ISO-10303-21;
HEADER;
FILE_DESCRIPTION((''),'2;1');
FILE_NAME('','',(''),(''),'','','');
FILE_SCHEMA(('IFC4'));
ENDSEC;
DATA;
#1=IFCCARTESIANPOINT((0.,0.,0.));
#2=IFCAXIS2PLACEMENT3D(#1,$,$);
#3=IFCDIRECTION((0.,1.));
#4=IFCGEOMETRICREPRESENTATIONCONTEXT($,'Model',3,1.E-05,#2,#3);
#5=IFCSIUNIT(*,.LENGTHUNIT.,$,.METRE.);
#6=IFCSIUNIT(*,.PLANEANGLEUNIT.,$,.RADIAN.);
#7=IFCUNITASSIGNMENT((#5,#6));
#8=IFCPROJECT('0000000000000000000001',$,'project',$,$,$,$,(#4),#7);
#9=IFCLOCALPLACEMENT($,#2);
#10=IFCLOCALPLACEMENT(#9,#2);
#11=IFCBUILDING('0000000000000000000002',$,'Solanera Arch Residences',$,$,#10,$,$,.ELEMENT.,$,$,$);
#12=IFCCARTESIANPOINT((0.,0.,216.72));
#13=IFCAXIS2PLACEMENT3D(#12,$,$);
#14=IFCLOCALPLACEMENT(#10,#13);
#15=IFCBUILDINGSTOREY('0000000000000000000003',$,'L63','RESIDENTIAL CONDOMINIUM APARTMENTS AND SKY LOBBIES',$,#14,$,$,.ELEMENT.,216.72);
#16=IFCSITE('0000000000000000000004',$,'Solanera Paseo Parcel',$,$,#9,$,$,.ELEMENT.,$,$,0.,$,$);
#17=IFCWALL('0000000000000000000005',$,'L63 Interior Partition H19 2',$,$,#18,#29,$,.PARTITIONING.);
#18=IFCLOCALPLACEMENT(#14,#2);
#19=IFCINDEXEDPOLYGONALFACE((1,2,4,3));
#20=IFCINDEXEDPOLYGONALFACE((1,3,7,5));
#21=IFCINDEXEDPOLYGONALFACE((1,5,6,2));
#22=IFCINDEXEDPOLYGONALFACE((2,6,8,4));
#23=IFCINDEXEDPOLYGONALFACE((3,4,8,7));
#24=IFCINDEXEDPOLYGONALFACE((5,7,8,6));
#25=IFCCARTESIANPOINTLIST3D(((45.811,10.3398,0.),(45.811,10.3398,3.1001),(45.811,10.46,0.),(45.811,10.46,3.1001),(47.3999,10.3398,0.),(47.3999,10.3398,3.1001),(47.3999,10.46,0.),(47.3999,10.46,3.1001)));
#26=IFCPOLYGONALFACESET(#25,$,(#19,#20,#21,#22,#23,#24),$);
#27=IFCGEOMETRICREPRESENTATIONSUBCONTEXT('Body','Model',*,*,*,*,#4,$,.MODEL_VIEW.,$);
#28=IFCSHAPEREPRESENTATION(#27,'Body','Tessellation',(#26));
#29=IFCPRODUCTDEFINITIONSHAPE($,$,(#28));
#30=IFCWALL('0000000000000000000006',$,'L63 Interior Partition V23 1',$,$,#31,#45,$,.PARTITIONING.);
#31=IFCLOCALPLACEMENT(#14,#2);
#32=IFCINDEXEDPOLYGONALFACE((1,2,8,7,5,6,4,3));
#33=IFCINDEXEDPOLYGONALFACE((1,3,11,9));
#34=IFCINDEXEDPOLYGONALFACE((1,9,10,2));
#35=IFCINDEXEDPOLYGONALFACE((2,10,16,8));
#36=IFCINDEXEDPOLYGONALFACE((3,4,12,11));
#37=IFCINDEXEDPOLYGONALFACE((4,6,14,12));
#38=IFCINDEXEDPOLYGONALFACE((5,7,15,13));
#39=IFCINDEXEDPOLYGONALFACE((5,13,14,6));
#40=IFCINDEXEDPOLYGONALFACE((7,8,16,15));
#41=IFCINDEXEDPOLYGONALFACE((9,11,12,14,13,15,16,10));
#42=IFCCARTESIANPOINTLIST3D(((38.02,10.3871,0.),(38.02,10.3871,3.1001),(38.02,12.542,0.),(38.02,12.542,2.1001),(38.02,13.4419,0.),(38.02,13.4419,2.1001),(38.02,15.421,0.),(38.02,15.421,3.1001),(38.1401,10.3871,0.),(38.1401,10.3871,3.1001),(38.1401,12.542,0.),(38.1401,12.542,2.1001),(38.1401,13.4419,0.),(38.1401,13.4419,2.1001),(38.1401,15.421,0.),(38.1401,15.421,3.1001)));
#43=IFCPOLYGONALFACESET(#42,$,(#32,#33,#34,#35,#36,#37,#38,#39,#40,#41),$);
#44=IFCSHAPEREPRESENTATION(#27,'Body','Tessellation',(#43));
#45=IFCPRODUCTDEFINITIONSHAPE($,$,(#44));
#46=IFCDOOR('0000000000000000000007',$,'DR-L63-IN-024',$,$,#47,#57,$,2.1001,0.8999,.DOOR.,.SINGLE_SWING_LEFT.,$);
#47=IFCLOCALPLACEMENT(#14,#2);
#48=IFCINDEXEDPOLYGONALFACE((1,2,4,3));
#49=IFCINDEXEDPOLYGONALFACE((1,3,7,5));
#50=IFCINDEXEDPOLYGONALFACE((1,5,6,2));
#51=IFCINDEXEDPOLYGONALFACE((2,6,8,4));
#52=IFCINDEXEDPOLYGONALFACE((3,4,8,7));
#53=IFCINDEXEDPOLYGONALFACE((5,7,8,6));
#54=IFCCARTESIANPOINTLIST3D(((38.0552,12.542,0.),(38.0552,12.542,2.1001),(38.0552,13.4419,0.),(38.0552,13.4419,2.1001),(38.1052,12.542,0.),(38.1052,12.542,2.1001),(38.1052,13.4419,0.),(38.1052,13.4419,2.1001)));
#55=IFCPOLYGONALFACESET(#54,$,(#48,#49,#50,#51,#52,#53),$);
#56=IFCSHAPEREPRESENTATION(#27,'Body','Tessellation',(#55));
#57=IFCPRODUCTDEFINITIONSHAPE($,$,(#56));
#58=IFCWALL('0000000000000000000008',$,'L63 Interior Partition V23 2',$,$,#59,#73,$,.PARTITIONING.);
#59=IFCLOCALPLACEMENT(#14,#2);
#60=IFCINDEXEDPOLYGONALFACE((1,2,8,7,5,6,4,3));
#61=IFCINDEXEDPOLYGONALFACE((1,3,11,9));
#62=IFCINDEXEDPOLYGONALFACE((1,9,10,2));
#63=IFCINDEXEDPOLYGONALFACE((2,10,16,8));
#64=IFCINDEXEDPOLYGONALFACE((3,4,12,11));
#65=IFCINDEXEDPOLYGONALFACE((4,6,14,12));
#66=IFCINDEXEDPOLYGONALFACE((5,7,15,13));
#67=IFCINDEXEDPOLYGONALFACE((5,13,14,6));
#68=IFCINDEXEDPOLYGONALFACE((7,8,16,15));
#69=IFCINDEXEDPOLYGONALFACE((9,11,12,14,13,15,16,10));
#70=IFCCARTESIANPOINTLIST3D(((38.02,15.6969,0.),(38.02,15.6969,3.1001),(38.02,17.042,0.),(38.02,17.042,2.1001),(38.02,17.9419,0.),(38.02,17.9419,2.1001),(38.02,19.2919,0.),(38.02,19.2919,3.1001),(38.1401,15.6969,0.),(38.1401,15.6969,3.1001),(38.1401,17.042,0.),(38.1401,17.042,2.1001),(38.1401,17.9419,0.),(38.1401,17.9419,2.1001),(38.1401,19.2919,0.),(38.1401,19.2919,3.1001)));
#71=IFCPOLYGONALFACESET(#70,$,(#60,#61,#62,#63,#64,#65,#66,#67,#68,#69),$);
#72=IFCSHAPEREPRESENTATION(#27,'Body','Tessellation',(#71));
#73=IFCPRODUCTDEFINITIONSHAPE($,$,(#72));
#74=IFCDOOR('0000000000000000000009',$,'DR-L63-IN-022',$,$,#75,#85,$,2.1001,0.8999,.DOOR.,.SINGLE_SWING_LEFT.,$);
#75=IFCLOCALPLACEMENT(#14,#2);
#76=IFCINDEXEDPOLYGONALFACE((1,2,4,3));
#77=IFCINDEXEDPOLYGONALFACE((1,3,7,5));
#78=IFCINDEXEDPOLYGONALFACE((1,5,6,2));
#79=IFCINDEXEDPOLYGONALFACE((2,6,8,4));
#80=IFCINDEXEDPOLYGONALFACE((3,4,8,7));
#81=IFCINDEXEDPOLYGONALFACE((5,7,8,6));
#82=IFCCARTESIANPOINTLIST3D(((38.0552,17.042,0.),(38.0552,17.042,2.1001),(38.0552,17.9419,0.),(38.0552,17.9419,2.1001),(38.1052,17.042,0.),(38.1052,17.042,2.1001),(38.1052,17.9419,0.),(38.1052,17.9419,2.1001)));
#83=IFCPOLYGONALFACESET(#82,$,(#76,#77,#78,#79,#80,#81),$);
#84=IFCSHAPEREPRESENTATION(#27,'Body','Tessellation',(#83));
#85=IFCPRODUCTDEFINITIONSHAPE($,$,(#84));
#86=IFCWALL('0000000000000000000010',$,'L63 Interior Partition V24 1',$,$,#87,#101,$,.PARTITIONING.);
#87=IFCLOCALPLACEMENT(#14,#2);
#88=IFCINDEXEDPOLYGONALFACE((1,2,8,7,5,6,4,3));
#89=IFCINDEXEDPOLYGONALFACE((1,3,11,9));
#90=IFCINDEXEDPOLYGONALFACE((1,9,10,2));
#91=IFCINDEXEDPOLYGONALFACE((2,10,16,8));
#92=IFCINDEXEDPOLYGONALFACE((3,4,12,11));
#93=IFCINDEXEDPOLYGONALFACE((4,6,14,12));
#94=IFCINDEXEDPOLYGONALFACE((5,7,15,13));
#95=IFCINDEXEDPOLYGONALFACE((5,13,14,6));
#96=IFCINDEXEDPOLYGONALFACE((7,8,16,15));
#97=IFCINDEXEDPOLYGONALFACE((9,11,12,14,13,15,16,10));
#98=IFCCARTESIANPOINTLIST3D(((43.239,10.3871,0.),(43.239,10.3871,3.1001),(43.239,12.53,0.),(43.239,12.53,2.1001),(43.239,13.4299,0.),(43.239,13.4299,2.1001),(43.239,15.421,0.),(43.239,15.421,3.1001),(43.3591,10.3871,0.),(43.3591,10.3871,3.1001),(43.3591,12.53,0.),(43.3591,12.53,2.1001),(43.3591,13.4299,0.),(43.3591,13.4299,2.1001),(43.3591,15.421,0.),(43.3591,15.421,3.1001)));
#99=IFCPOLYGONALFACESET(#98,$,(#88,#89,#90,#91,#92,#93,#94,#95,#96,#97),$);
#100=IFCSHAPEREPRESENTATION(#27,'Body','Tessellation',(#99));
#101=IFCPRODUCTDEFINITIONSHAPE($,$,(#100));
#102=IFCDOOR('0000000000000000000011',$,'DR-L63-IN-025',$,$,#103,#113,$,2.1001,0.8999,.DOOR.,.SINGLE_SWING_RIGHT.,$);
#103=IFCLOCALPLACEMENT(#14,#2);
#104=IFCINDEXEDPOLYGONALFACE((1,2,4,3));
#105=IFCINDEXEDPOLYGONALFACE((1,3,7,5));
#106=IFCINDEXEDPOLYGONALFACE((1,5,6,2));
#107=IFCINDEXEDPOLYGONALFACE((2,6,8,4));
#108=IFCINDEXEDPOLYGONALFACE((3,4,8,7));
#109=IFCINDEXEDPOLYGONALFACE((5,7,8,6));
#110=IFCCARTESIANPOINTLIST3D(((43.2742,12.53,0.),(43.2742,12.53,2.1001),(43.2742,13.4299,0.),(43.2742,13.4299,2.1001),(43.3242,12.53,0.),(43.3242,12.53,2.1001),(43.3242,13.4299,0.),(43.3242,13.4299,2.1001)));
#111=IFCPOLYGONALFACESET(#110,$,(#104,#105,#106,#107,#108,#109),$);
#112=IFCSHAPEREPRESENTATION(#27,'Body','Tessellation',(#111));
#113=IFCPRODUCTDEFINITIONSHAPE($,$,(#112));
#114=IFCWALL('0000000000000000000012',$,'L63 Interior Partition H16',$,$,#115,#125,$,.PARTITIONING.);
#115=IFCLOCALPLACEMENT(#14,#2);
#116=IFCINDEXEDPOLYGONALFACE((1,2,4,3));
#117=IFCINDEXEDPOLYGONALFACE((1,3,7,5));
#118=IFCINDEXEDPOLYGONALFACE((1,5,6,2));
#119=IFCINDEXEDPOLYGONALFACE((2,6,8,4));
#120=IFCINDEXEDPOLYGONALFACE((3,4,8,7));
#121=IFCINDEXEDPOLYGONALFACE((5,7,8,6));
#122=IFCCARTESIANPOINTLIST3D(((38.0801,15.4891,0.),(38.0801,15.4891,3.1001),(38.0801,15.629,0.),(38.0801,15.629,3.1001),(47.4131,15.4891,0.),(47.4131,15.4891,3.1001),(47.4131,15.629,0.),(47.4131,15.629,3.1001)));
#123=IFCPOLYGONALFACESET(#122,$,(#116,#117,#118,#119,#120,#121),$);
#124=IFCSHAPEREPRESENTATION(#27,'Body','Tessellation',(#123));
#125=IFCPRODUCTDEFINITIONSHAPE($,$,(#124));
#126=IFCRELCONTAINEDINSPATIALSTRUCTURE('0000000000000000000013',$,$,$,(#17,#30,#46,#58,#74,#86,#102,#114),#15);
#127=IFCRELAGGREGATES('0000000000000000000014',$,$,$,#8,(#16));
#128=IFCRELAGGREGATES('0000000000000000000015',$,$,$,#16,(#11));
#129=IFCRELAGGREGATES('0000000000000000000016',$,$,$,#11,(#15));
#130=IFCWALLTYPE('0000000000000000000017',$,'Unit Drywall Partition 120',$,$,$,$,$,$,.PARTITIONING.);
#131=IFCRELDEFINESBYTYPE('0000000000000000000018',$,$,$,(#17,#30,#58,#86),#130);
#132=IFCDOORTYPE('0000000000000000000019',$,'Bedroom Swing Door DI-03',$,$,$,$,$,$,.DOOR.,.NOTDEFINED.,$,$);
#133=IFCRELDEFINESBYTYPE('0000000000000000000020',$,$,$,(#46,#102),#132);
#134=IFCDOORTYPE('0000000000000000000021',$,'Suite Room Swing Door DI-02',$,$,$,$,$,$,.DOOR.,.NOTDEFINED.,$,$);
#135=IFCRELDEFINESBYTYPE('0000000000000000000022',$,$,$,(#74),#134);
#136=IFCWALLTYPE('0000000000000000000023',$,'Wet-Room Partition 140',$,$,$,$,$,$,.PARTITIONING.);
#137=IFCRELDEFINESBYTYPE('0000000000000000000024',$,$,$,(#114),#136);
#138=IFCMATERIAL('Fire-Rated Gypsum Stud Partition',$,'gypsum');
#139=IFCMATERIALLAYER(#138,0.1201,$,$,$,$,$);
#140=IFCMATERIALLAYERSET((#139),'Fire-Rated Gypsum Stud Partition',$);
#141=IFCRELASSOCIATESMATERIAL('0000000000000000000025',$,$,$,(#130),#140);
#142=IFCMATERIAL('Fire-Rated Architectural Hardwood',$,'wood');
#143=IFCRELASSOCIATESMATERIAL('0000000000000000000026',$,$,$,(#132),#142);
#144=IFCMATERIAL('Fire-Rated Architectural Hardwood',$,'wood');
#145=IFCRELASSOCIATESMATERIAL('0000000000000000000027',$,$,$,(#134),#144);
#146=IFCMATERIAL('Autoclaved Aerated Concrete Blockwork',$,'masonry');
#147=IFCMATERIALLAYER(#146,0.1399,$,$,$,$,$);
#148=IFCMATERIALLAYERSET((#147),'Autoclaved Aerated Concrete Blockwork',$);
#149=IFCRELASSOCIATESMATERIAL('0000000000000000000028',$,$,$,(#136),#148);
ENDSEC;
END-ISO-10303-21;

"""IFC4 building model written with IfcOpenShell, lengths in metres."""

from ifc_helpers import new_model, si_unit, direction, frame, frame_2d, origin, place, context, subcontext, project, spatial, rectangle, extrude, material, layer, layer_set, type_object, element, fill, save


model = new_model("IFC4")

# Units and contexts
model_context = context("Model", 3, precision=1e-05, world=origin(), true_north=direction((0.0, 1.0)))
body_context = subcontext(model_context, "Body", "Model", "MODEL_VIEW")
ifc_project = project(units=[si_unit("LENGTHUNIT", "METRE"), si_unit("PLANEANGLEUNIT", "RADIAN")], contexts=[model_context])

# Site, building, storey
site_placement = place(None, origin())
site = spatial("IfcSite", under=ifc_project, at=site_placement, Name="Solanera Paseo Parcel", CompositionType="ELEMENT", RefElevation=0.0)
building_placement = place(site_placement, origin())
building = spatial("IfcBuilding", under=site, at=building_placement, Name="Solanera Arch Residences", CompositionType="ELEMENT")
storey_placement = place(building_placement, frame((0.0, 0.0, 216.72)))
storey = spatial("IfcBuildingStorey", under=building, at=storey_placement, Name="L63", Description="RESIDENTIAL CONDOMINIUM APARTMENTS AND SKY LOBBIES", CompositionType="ELEMENT", Elevation=216.72)

# Wall
ifc_material_1 = material(Name="Fire-Rated Gypsum Stud Partition", Category="gypsum")
ifc_layer_1 = layer(ifc_material_1, 0.1201)
ifc_layer_set_1 = layer_set([ifc_layer_1], Name="Fire-Rated Gypsum Stud Partition")
wall_type_1 = type_object("IfcWallType", Name="Unit Drywall Partition 120", PredefinedType="PARTITIONING", material=ifc_layer_set_1)
wall_1_placement = place(storey_placement, frame((45.811, 10.3999, 0.0), z_axis=(0.0, 0.0, 1.0), x_axis=(1.0, 0.0, 0.0)))
element("IfcWall", 1, at=wall_1_placement, inside=storey, type_object=wall_type_1, Name="L63 Interior Partition H19 2", PredefinedType="PARTITIONING", context=body_context, shape_type="SweptSolid", body=[
    extrude(rectangle(XDim=1.5889, YDim=0.1201, at=frame_2d((0.7944, 0.0))), origin(), (0.0, 0.0, 1.0), 3.1001),
])

# Walls, openings, doors
wall_2_placement = place(storey_placement, frame((38.0801, 10.387, 0.0), z_axis=(0.0, 0.0, 1.0), x_axis=(0.0, 1.0, 0.0)))
wall_2 = element("IfcWall", 2, at=wall_2_placement, inside=storey, type_object=wall_type_1, Name="L63 Interior Partition V23 1", PredefinedType="PARTITIONING", context=body_context, shape_type="SweptSolid", body=[
    extrude(rectangle(XDim=5.0339, YDim=0.1201, at=frame_2d((2.5171, 0.0))), origin(), (0.0, 0.0, 1.0), 3.1001),
])
opening_1_placement = place(wall_2_placement, frame((2.155, 0.0, 0.0)))
opening_1 = element("IfcOpeningElement", 3, at=opening_1_placement, cuts=wall_2, PredefinedType="OPENING", context=body_context, shape_type="SweptSolid", body=[
    extrude(rectangle(XDim=0.8999, YDim=2.1001, at=frame_2d((0.45, 1.05))), frame((0.0, 0.0701, 0.0), z_axis=(0.0, -1.0, 0.0), x_axis=(1.0, 0.0, 0.0)), (0.0, 0.0, 1.0), 0.1401),
])
ifc_material_2 = material(Name="Fire-Rated Architectural Hardwood", Category="wood")
door_type_1 = type_object("IfcDoorType", Name="Bedroom Swing Door DI-03", OperationType="NOTDEFINED", PredefinedType="DOOR", material=ifc_material_2)
door_1_placement = place(opening_1_placement, origin())
door_1 = element("IfcDoor", 4, at=door_1_placement, inside=storey, type_object=door_type_1, Name="DR-L63-IN-024", OperationType="SINGLE_SWING_LEFT", OverallHeight=2.1001, OverallWidth=0.8999, PredefinedType="DOOR", context=body_context, shape_type="SweptSolid", body=[
    extrude(rectangle(XDim=0.8999, YDim=2.1001, at=frame_2d((0.45, 1.05))), frame((0.0, 0.0249, 0.0), z_axis=(0.0, -1.0, 0.0), x_axis=(1.0, 0.0, 0.0)), (0.0, 0.0, 1.0), 0.05),
])
fill(opening_1, door_1)
wall_3_placement = place(storey_placement, frame((38.0801, 15.697, 0.0), z_axis=(0.0, 0.0, 1.0), x_axis=(0.0, 1.0, 0.0)))
wall_3 = element("IfcWall", 5, at=wall_3_placement, inside=storey, type_object=wall_type_1, Name="L63 Interior Partition V23 2", PredefinedType="PARTITIONING", context=body_context, shape_type="SweptSolid", body=[
    extrude(rectangle(XDim=3.595, YDim=0.1201, at=frame_2d((1.7974, 0.0))), origin(), (0.0, 0.0, 1.0), 3.1001),
])
opening_2_placement = place(wall_3_placement, frame((1.345, 0.0, 0.0)))
opening_2 = element("IfcOpeningElement", 6, at=opening_2_placement, cuts=wall_3, PredefinedType="OPENING", context=body_context, shape_type="SweptSolid", body=[
    extrude(rectangle(XDim=0.8999, YDim=2.1001, at=frame_2d((0.45, 1.05))), frame((0.0, 0.0701, 0.0), z_axis=(0.0, -1.0, 0.0), x_axis=(1.0, 0.0, 0.0)), (0.0, 0.0, 1.0), 0.1401),
])
ifc_material_3 = material(Name="Fire-Rated Architectural Hardwood", Category="wood")
door_type_2 = type_object("IfcDoorType", Name="Suite Room Swing Door DI-02", OperationType="NOTDEFINED", PredefinedType="DOOR", material=ifc_material_3)
door_2_placement = place(opening_2_placement, origin())
door_2 = element("IfcDoor", 7, at=door_2_placement, inside=storey, type_object=door_type_2, Name="DR-L63-IN-022", OperationType="SINGLE_SWING_LEFT", OverallHeight=2.1001, OverallWidth=0.8999, PredefinedType="DOOR", context=body_context, shape_type="SweptSolid", body=[
    extrude(rectangle(XDim=0.8999, YDim=2.1001, at=frame_2d((0.45, 1.05))), frame((0.0, 0.0249, 0.0), z_axis=(0.0, -1.0, 0.0), x_axis=(1.0, 0.0, 0.0)), (0.0, 0.0, 1.0), 0.05),
])
fill(opening_2, door_2)
wall_4_placement = place(storey_placement, frame((43.2991, 10.387, 0.0), z_axis=(0.0, 0.0, 1.0), x_axis=(0.0, 1.0, 0.0)))
wall_4 = element("IfcWall", 8, at=wall_4_placement, inside=storey, type_object=wall_type_1, Name="L63 Interior Partition V24 1", PredefinedType="PARTITIONING", context=body_context, shape_type="SweptSolid", body=[
    extrude(rectangle(XDim=5.0339, YDim=0.1201, at=frame_2d((2.5171, 0.0))), origin(), (0.0, 0.0, 1.0), 3.1001),
])
opening_3_placement = place(wall_4_placement, frame((2.1431, 0.0, 0.0)))
opening_3 = element("IfcOpeningElement", 9, at=opening_3_placement, cuts=wall_4, PredefinedType="OPENING", context=body_context, shape_type="SweptSolid", body=[
    extrude(rectangle(XDim=0.8999, YDim=2.1001, at=frame_2d((0.45, 1.05))), frame((0.0, 0.0701, 0.0), z_axis=(0.0, -1.0, 0.0), x_axis=(1.0, 0.0, 0.0)), (0.0, 0.0, 1.0), 0.1401),
])
door_3_placement = place(opening_3_placement, origin())
door_3 = element("IfcDoor", 10, at=door_3_placement, inside=storey, type_object=door_type_1, Name="DR-L63-IN-025", OperationType="SINGLE_SWING_RIGHT", OverallHeight=2.1001, OverallWidth=0.8999, PredefinedType="DOOR", context=body_context, shape_type="SweptSolid", body=[
    extrude(rectangle(XDim=0.8999, YDim=2.1001, at=frame_2d((0.45, 1.05))), frame((0.0, 0.0249, 0.0), z_axis=(0.0, -1.0, 0.0), x_axis=(1.0, 0.0, 0.0)), (0.0, 0.0, 1.0), 0.05),
])
fill(opening_3, door_3)

# Wall
ifc_material_4 = material(Name="Autoclaved Aerated Concrete Blockwork", Category="masonry")
ifc_layer_2 = layer(ifc_material_4, 0.1399)
ifc_layer_set_2 = layer_set([ifc_layer_2], Name="Autoclaved Aerated Concrete Blockwork")
wall_type_2 = type_object("IfcWallType", Name="Wet-Room Partition 140", PredefinedType="PARTITIONING", material=ifc_layer_set_2)
wall_5_placement = place(storey_placement, frame((38.0801, 15.5591, 0.0), z_axis=(0.0, 0.0, 1.0), x_axis=(1.0, 0.0, 0.0)))
element("IfcWall", 11, at=wall_5_placement, inside=storey, type_object=wall_type_2, Name="L63 Interior Partition H16", PredefinedType="PARTITIONING", context=body_context, shape_type="SweptSolid", body=[
    extrude(rectangle(XDim=9.333, YDim=0.1399, at=frame_2d((4.6665, 0.0))), origin(), (0.0, 0.0, 1.0), 3.1001),
])

save(model, "model.ifc")
